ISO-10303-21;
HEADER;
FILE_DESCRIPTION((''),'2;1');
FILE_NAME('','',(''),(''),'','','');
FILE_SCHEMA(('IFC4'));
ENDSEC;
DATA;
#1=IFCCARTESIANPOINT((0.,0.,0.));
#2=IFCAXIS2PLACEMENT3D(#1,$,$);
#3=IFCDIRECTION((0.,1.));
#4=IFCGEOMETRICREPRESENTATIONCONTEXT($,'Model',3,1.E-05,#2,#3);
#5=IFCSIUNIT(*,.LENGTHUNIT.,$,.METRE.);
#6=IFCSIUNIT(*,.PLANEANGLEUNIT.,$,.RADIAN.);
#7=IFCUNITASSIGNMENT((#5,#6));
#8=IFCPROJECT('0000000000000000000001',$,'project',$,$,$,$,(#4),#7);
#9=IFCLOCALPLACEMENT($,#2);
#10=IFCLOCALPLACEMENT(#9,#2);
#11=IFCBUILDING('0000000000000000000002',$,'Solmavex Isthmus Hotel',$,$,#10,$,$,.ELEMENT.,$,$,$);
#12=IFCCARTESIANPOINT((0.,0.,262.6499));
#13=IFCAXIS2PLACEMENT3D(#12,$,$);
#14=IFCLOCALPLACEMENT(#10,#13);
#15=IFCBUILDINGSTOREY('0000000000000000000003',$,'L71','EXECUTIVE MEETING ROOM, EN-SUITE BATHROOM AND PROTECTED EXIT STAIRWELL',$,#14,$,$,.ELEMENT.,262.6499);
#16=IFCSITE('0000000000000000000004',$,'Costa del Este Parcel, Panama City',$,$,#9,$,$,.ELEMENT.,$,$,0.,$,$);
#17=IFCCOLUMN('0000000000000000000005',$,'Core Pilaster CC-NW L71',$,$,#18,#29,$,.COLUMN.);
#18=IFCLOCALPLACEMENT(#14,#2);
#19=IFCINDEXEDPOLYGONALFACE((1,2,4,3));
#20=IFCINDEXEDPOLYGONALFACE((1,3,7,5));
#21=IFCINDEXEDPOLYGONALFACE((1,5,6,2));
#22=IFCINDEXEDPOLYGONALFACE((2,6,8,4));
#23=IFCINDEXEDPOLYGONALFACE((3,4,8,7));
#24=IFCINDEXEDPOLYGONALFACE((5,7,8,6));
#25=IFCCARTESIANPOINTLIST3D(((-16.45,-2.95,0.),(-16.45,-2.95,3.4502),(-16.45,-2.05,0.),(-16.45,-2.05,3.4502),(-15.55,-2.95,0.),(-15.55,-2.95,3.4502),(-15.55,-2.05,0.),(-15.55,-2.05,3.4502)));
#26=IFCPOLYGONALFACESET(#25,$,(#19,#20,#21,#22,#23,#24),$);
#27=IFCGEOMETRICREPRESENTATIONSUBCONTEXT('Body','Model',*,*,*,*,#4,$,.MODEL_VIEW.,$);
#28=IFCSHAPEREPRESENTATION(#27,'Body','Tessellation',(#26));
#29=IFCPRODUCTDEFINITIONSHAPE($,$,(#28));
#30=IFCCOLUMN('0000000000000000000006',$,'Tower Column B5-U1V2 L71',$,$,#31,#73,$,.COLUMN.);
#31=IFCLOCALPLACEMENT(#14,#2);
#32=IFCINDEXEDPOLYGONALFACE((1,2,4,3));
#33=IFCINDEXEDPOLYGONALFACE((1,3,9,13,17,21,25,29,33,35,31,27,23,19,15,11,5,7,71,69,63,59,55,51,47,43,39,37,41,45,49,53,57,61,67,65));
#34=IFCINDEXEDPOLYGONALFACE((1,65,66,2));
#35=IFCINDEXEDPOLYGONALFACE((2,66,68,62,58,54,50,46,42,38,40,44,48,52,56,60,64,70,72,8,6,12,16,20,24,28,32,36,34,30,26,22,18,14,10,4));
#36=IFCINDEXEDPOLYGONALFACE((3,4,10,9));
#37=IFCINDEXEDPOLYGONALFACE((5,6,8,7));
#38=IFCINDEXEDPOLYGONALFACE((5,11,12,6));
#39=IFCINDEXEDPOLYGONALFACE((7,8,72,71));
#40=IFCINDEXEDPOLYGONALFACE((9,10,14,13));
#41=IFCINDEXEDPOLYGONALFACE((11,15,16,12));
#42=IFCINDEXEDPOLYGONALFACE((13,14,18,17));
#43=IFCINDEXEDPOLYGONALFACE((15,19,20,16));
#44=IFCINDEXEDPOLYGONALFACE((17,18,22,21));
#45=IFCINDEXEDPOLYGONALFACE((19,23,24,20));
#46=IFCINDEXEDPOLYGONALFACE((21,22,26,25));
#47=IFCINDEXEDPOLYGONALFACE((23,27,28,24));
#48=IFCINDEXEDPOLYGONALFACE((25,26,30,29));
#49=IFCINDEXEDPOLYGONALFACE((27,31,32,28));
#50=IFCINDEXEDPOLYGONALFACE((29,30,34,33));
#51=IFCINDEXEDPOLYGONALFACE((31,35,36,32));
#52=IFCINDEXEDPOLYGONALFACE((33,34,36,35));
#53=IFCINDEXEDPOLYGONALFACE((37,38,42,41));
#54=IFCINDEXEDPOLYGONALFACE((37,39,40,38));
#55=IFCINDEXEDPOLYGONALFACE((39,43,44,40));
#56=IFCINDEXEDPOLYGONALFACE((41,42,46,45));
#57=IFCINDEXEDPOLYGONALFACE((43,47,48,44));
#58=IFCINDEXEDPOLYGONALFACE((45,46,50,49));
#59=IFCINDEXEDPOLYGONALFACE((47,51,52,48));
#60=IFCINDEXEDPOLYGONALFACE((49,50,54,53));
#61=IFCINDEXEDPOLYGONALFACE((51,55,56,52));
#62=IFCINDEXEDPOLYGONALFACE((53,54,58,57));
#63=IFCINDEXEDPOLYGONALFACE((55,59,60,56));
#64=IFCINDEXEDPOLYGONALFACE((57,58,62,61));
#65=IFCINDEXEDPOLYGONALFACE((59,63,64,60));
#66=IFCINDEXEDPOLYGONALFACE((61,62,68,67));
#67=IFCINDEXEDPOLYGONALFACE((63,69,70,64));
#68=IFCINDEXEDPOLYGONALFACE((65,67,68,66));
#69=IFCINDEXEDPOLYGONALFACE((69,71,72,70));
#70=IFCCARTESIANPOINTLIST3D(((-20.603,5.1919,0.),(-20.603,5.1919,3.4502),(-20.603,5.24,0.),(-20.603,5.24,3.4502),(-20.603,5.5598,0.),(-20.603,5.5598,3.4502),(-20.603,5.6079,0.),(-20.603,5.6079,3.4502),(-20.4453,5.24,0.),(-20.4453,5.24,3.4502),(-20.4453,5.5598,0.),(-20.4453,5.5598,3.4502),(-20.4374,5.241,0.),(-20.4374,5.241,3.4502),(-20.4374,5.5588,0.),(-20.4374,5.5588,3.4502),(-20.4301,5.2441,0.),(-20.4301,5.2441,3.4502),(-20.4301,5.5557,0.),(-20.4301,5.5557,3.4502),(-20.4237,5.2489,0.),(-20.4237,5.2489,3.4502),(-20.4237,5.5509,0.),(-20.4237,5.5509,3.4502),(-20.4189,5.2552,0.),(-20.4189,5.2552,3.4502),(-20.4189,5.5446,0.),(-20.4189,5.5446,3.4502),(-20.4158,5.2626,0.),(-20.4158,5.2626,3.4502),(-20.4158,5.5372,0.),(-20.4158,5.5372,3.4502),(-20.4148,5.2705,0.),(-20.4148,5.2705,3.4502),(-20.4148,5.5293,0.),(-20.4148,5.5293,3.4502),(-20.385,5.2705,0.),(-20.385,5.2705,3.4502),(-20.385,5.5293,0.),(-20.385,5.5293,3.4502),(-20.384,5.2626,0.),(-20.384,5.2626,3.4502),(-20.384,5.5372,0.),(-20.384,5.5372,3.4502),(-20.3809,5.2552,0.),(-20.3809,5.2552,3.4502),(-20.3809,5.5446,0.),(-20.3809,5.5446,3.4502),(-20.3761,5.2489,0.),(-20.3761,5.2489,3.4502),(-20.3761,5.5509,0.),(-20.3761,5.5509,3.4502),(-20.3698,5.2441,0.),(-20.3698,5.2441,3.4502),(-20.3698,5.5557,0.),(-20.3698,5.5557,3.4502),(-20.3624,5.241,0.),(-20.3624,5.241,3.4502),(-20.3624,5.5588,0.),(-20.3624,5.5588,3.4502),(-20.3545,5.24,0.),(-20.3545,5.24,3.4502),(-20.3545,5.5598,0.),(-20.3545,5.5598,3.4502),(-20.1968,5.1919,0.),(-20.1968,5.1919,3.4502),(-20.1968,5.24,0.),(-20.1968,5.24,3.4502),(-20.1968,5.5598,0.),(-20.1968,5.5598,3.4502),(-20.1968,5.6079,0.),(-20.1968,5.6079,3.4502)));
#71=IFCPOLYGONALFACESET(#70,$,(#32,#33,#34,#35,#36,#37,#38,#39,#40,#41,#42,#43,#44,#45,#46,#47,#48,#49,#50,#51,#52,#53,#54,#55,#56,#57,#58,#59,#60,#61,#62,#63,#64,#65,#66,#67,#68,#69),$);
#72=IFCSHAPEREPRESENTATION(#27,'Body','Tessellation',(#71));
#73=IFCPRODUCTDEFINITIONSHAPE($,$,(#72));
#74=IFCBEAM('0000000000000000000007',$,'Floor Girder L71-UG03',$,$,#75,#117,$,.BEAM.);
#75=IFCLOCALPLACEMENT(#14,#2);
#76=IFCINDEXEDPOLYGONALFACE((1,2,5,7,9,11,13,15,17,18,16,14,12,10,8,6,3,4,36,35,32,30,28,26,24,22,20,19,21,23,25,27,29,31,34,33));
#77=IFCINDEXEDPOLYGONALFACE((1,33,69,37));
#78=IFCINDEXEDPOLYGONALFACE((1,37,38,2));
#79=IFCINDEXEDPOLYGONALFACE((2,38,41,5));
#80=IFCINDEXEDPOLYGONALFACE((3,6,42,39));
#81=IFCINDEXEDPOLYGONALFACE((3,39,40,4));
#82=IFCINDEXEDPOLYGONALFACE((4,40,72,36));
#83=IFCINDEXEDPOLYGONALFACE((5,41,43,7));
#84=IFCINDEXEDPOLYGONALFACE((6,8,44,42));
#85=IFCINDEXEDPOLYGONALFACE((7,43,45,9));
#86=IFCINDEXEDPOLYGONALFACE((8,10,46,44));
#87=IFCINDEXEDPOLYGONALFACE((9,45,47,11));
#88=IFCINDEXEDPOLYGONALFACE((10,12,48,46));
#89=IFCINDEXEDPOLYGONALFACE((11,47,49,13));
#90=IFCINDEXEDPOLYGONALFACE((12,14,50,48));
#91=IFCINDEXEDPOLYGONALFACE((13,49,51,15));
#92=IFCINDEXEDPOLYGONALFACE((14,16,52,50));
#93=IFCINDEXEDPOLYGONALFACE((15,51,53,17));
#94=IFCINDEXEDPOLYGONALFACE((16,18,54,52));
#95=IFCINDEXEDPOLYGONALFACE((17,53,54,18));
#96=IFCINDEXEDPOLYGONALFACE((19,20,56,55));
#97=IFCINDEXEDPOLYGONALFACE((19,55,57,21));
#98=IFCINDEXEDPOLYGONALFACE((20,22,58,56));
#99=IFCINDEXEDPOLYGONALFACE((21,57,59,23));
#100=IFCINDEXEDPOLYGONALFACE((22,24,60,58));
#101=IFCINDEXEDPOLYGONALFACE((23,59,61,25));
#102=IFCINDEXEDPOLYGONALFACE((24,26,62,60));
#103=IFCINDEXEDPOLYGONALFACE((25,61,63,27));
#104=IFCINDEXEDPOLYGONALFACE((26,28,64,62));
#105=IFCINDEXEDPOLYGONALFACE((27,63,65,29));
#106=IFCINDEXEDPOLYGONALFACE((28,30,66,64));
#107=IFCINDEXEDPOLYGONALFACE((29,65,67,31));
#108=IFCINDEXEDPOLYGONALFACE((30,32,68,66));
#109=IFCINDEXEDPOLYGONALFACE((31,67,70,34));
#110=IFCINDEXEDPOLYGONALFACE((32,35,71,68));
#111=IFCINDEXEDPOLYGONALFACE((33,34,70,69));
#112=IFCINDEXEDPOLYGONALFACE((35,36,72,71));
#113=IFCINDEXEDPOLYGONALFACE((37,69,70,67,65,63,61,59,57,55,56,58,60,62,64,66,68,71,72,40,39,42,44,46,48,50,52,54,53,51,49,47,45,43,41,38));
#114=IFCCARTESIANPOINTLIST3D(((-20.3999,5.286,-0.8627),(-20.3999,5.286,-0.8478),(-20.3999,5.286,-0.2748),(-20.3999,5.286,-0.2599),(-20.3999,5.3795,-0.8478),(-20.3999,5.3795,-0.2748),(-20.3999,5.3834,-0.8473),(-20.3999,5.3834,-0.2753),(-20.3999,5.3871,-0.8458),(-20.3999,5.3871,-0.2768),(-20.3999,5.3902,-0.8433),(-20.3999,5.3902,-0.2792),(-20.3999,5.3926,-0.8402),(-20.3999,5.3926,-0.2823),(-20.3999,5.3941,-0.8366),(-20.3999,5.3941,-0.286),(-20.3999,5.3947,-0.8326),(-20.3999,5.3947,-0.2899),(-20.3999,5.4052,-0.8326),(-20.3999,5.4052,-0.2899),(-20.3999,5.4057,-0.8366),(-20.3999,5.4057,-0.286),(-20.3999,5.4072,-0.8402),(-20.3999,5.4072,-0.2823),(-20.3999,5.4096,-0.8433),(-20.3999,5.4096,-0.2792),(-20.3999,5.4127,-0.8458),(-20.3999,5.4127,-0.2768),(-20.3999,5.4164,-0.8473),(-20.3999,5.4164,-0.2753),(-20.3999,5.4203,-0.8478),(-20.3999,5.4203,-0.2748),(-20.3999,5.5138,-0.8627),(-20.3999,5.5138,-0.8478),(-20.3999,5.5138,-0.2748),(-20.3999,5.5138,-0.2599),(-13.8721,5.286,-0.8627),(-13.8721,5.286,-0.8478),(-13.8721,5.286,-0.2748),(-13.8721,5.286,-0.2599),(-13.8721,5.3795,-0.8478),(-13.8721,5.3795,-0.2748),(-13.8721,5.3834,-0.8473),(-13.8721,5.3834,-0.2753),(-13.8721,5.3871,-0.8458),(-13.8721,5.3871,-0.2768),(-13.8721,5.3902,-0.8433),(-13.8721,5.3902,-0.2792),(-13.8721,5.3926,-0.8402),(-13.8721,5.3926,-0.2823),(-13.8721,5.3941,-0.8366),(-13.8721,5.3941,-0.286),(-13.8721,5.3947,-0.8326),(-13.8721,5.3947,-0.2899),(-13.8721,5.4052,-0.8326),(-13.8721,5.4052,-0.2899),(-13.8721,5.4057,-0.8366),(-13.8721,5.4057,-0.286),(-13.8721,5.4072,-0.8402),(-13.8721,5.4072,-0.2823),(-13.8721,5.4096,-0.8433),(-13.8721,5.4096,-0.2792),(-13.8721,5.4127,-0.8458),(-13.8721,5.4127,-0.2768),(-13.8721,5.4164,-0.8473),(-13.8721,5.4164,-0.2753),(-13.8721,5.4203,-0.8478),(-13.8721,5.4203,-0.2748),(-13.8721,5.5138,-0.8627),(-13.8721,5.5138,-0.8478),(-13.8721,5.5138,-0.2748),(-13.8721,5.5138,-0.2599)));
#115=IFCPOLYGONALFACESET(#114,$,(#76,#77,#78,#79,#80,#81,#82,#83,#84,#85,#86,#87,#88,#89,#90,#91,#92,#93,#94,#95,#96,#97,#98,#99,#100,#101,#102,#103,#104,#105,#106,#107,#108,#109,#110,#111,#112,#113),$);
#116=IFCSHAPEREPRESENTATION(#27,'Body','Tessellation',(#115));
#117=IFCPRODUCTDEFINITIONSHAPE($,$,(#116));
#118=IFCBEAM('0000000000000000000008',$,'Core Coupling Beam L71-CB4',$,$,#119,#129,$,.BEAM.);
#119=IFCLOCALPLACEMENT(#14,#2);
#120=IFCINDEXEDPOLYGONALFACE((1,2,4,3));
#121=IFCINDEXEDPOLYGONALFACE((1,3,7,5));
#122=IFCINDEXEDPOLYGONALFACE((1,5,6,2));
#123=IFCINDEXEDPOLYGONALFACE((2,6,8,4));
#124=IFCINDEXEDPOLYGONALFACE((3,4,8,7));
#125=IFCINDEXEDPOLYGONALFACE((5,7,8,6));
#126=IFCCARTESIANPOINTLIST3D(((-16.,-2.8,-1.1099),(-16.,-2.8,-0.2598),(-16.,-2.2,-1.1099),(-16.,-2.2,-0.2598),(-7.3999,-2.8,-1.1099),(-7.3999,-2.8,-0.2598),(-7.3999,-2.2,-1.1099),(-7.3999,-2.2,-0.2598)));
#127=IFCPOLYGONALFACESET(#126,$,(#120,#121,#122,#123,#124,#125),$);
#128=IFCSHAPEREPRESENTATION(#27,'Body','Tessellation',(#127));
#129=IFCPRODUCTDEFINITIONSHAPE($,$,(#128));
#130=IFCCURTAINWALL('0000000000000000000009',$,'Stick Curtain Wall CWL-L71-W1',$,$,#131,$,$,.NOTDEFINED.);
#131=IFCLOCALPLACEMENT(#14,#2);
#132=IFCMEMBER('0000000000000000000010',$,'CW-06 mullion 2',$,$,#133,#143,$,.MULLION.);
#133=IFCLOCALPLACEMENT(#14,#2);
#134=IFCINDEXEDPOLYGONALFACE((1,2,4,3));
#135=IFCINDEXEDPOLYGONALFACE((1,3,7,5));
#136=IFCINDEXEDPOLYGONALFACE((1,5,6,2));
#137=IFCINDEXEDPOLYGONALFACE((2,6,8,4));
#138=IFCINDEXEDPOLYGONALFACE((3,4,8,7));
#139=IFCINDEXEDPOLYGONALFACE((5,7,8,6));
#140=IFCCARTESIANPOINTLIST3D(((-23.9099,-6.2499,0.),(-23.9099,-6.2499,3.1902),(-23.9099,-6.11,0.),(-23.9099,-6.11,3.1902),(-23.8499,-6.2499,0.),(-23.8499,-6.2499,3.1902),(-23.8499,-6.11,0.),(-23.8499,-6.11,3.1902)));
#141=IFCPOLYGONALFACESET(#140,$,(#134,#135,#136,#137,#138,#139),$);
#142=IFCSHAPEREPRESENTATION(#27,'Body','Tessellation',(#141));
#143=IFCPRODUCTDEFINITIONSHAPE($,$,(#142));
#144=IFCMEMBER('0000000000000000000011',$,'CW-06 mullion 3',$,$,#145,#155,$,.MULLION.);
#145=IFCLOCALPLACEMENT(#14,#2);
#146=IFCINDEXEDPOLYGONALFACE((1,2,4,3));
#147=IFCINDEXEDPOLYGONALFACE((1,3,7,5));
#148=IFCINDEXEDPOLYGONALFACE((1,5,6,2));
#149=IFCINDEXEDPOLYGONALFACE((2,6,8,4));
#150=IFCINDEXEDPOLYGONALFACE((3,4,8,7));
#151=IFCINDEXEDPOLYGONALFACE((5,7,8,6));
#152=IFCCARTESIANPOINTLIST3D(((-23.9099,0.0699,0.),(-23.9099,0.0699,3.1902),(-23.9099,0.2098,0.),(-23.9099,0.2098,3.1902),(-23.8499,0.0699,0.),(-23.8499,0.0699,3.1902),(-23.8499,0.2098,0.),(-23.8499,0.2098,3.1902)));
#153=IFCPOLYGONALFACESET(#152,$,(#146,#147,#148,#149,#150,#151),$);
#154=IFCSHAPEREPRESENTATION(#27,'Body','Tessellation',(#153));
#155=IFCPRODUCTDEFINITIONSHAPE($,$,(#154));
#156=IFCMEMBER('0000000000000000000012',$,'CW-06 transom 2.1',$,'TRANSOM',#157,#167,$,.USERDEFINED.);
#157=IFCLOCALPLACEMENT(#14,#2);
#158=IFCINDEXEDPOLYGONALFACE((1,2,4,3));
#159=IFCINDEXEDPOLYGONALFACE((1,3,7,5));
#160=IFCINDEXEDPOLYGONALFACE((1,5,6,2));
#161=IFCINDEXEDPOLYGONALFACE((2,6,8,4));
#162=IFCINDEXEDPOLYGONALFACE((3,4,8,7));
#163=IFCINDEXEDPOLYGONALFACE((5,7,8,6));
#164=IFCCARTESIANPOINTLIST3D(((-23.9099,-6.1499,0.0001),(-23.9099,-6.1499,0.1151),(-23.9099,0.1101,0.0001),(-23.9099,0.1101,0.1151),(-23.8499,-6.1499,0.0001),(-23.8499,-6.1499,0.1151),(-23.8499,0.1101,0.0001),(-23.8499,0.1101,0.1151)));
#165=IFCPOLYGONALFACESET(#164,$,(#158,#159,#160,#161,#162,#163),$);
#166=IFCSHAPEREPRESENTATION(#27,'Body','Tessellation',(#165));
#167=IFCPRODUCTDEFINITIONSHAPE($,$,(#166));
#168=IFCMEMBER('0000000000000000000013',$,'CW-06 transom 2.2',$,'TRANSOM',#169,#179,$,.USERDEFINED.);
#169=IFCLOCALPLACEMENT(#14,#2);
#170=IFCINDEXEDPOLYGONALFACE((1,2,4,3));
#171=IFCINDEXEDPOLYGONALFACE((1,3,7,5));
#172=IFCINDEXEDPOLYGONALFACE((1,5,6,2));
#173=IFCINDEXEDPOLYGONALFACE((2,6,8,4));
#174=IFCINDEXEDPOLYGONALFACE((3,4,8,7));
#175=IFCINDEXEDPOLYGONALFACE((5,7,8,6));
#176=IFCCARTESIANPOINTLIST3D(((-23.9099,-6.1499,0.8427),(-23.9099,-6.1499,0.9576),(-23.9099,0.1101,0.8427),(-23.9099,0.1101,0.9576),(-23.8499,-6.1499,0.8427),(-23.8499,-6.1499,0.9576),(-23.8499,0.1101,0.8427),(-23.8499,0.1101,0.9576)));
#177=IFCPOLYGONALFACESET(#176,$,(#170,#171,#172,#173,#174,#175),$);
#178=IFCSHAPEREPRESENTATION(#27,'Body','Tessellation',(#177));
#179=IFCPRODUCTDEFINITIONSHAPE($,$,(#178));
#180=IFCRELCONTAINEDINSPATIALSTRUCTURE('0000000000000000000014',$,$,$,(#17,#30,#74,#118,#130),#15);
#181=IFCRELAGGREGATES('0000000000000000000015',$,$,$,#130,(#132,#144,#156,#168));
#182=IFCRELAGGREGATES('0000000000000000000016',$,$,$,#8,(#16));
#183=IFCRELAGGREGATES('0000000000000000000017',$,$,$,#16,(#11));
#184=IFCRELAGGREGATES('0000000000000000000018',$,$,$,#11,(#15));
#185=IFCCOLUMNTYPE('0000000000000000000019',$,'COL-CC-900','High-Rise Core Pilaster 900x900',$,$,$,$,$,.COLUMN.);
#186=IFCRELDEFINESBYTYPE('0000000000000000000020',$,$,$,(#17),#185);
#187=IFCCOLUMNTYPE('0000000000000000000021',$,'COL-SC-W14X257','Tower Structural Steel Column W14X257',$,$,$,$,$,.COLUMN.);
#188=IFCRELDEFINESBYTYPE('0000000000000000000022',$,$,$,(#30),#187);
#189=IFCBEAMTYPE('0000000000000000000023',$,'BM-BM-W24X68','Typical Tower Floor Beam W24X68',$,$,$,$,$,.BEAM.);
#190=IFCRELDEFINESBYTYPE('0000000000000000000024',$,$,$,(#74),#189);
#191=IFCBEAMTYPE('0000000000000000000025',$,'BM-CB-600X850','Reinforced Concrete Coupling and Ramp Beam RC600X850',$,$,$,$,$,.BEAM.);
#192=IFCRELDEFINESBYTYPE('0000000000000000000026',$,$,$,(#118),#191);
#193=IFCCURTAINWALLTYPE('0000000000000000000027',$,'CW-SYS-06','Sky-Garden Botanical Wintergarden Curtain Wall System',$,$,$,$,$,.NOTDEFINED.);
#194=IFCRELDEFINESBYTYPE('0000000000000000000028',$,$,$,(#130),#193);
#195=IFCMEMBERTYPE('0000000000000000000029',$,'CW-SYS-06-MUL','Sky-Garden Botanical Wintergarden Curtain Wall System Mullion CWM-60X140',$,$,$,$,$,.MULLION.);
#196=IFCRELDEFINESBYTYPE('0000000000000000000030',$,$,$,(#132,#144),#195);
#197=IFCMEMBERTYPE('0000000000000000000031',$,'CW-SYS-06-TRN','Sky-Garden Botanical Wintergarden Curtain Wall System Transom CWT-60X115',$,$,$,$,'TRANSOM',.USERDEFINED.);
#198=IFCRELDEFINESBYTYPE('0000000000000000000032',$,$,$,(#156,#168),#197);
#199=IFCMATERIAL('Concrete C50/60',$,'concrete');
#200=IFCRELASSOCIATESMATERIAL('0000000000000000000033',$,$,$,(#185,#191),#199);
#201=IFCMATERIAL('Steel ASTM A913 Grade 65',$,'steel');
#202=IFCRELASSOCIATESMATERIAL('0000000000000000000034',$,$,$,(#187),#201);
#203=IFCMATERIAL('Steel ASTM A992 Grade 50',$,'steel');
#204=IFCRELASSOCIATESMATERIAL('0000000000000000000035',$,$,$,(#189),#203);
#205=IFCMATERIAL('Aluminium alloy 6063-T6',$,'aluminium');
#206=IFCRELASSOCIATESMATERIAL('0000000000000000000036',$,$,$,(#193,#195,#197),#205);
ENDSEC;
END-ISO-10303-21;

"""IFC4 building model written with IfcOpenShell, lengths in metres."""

from ifc_helpers import new_model, si_unit, direction, frame, origin, origin_2d, place, context, subcontext, project, spatial, rectangle, i_section, extrude, material, material_profile, profile_set, type_object, element, aggregate, save


model = new_model("IFC4")

# Units and contexts
model_context = context("Model", 3, precision=1e-05, world=origin(), true_north=direction((0.0, 1.0)))
body_context = subcontext(model_context, "Body", "Model", "MODEL_VIEW")
ifc_project = project(units=[si_unit("LENGTHUNIT", "METRE"), si_unit("PLANEANGLEUNIT", "RADIAN")], contexts=[model_context])

# Site, building, storey
site_placement = place(None, origin())
site = spatial("IfcSite", under=ifc_project, at=site_placement, Name="Costa del Este Parcel, Panama City", CompositionType="ELEMENT", RefElevation=0.0)
building_placement = place(site_placement, origin())
building = spatial("IfcBuilding", under=site, at=building_placement, Name="Solmavex Isthmus Hotel", CompositionType="ELEMENT")
storey_placement = place(building_placement, frame((0.0, 0.0, 262.6499)))
storey = spatial("IfcBuildingStorey", under=building, at=storey_placement, Name="L71", Description="EXECUTIVE MEETING ROOM, EN-SUITE BATHROOM AND PROTECTED EXIT STAIRWELL", CompositionType="ELEMENT", Elevation=262.6499)

# Columns
ifc_material_1 = material(Name="Concrete C50/60", Category="concrete")
ifc_material_profile_1 = material_profile(ifc_material_1, rectangle(XDim=0.8999, YDim=0.8999, at=origin_2d()), Name="RC900X900")
ifc_profile_set_1 = profile_set([ifc_material_profile_1], Name="Concrete C50/60")
column_type_1 = type_object("IfcColumnType", Name="COL-CC-900", Description="High-Rise Core Pilaster 900x900", PredefinedType="COLUMN", material=ifc_profile_set_1)
column_1_placement = place(storey_placement, frame((-16.0, -2.5, 0.0), z_axis=(0.0, 0.0, 1.0), x_axis=(1.0, 0.0, 0.0)))
element("IfcColumn", 1, at=column_1_placement, inside=storey, type_object=column_type_1, Name="Core Pilaster CC-NW L71", PredefinedType="COLUMN", context=body_context, shape_type="SweptSolid", body=[
    extrude(rectangle(XDim=0.8999, YDim=0.8999, at=origin_2d()), origin(), (0.0, 0.0, 1.0), 3.4502),
])
ifc_material_2 = material(Name="Steel ASTM A913 Grade 65", Category="steel")
ifc_material_profile_2 = material_profile(ifc_material_2, i_section(OverallWidth=0.4062, OverallDepth=0.416, WebThickness=0.0298, FlangeThickness=0.0481, FilletRadius=0.0305, at=origin_2d()), Name="W14X257")
ifc_profile_set_2 = profile_set([ifc_material_profile_2], Name="Steel ASTM A913 Grade 65")
column_type_2 = type_object("IfcColumnType", Name="COL-SC-W14X257", Description="Tower Structural Steel Column W14X257", PredefinedType="COLUMN", material=ifc_profile_set_2)
column_2_placement = place(storey_placement, frame((-20.3999, 5.3999, 0.0), z_axis=(0.0, 0.0, 1.0), x_axis=(1.0, 0.0, 0.0)))
element("IfcColumn", 2, at=column_2_placement, inside=storey, type_object=column_type_2, Name="Tower Column B5-U1V2 L71", PredefinedType="COLUMN", context=body_context, shape_type="SweptSolid", body=[
    extrude(i_section(OverallWidth=0.4062, OverallDepth=0.416, WebThickness=0.0298, FlangeThickness=0.0481, FilletRadius=0.0305, at=origin_2d()), origin(), (0.0, 0.0, 1.0), 3.4502),
])

# Beams
ifc_material_3 = material(Name="Steel ASTM A992 Grade 50", Category="steel")
ifc_material_profile_3 = material_profile(ifc_material_3, i_section(OverallWidth=0.2278, OverallDepth=0.6028, WebThickness=0.0105, FlangeThickness=0.0149, FilletRadius=0.0151, at=origin_2d()), Name="W24X68")
ifc_profile_set_3 = profile_set([ifc_material_profile_3], Name="Steel ASTM A992 Grade 50")
beam_type_1 = type_object("IfcBeamType", Name="BM-BM-W24X68", Description="Typical Tower Floor Beam W24X68", PredefinedType="BEAM", material=ifc_profile_set_3)
beam_1_placement = place(storey_placement, frame((-20.3999, 5.3999, -0.5613), z_axis=(1.0, 0.0, 0.0), x_axis=(0.0, 1.0, 0.0)))
element("IfcBeam", 3, at=beam_1_placement, inside=storey, type_object=beam_type_1, Name="Floor Girder L71-UG03", PredefinedType="BEAM", context=body_context, shape_type="SweptSolid", body=[
    extrude(i_section(OverallWidth=0.2278, OverallDepth=0.6028, WebThickness=0.0105, FlangeThickness=0.0149, FilletRadius=0.0151, at=origin_2d()), origin(), (0.0, 0.0, 1.0), 6.5278),
])
ifc_material_profile_4 = material_profile(ifc_material_1, rectangle(XDim=0.6001, YDim=0.8501, at=origin_2d()), Name="RC600X850")
ifc_profile_set_4 = profile_set([ifc_material_profile_4], Name="Concrete C50/60")
beam_type_2 = type_object("IfcBeamType", Name="BM-CB-600X850", Description="Reinforced Concrete Coupling and Ramp Beam RC600X850", PredefinedType="BEAM", material=ifc_profile_set_4)
beam_2_placement = place(storey_placement, frame((-16.0, -2.5, -0.6848), z_axis=(1.0, 0.0, 0.0), x_axis=(0.0, 1.0, 0.0)))
element("IfcBeam", 4, at=beam_2_placement, inside=storey, type_object=beam_type_2, Name="Core Coupling Beam L71-CB4", PredefinedType="BEAM", context=body_context, shape_type="SweptSolid", body=[
    extrude(rectangle(XDim=0.6001, YDim=0.8501, at=origin_2d()), origin(), (0.0, 0.0, 1.0), 8.6001),
])

# Curtain wall, members
ifc_material_4 = material(Name="Aluminium alloy 6063-T6", Category="aluminium")
curtain_wall_type = type_object("IfcCurtainWallType", Name="CW-SYS-06", Description="Sky-Garden Botanical Wintergarden Curtain Wall System", PredefinedType="NOTDEFINED", material=ifc_material_4)
curtain_wall_placement = place(storey_placement, origin())
curtain_wall = element("IfcCurtainWall", 5, at=curtain_wall_placement, inside=storey, type_object=curtain_wall_type, Name="Stick Curtain Wall CWL-L71-W1", PredefinedType="NOTDEFINED")
ifc_material_profile_5 = material_profile(ifc_material_4, rectangle(XDim=0.0601, YDim=0.1399, at=origin_2d()), Name="CWM-60X140")
ifc_profile_set_5 = profile_set([ifc_material_profile_5], Name="Aluminium alloy 6063-T6")
member_type_1 = type_object("IfcMemberType", Name="CW-SYS-06-MUL", Description="Sky-Garden Botanical Wintergarden Curtain Wall System Mullion CWM-60X140", PredefinedType="MULLION", material=ifc_profile_set_5)
member_1_placement = place(storey_placement, frame((-23.8799, -6.1799, 0.0), z_axis=(0.0, 0.0, 1.0), x_axis=(-1.0, 0.0, 0.0)))
member_1 = element("IfcMember", 6, at=member_1_placement, type_object=member_type_1, Name="CW-06 mullion 2", PredefinedType="MULLION", context=body_context, shape_type="SweptSolid", body=[
    extrude(rectangle(XDim=0.0601, YDim=0.1399, at=origin_2d()), origin(), (0.0, 0.0, 1.0), 3.1902),
])
member_2_placement = place(storey_placement, frame((-23.8799, 0.1399, 0.0), z_axis=(0.0, 0.0, 1.0), x_axis=(-1.0, 0.0, 0.0)))
member_2 = element("IfcMember", 7, at=member_2_placement, type_object=member_type_1, Name="CW-06 mullion 3", PredefinedType="MULLION", context=body_context, shape_type="SweptSolid", body=[
    extrude(rectangle(XDim=0.0601, YDim=0.1399, at=origin_2d()), origin(), (0.0, 0.0, 1.0), 3.1902),
])
ifc_material_profile_6 = material_profile(ifc_material_4, rectangle(XDim=0.0601, YDim=0.115, at=origin_2d()), Name="CWT-60X115")
ifc_profile_set_6 = profile_set([ifc_material_profile_6], Name="Aluminium alloy 6063-T6")
member_type_2 = type_object("IfcMemberType", Name="CW-SYS-06-TRN", Description="Sky-Garden Botanical Wintergarden Curtain Wall System Transom CWT-60X115", ElementType="TRANSOM", PredefinedType="USERDEFINED", material=ifc_profile_set_6)
member_3_placement = place(storey_placement, frame((-23.8799, -6.1499, 0.0576), z_axis=(0.0, 1.0, 0.0), x_axis=(-1.0, 0.0, 0.0)))
member_3 = element("IfcMember", 8, at=member_3_placement, type_object=member_type_2, Name="CW-06 transom 2.1", ObjectType="TRANSOM", PredefinedType="USERDEFINED", context=body_context, shape_type="SweptSolid", body=[
    extrude(rectangle(XDim=0.0601, YDim=0.115, at=origin_2d()), origin(), (0.0, 0.0, 1.0), 6.26),
])
member_4_placement = place(storey_placement, frame((-23.8799, -6.1499, 0.9001), z_axis=(0.0, 1.0, 0.0), x_axis=(-1.0, 0.0, 0.0)))
member_4 = element("IfcMember", 9, at=member_4_placement, type_object=member_type_2, Name="CW-06 transom 2.2", ObjectType="TRANSOM", PredefinedType="USERDEFINED", context=body_context, shape_type="SweptSolid", body=[
    extrude(rectangle(XDim=0.0601, YDim=0.115, at=origin_2d()), origin(), (0.0, 0.0, 1.0), 6.26),
])
aggregate(curtain_wall, [member_1, member_2, member_3, member_4])

save(model, "model.ifc")
